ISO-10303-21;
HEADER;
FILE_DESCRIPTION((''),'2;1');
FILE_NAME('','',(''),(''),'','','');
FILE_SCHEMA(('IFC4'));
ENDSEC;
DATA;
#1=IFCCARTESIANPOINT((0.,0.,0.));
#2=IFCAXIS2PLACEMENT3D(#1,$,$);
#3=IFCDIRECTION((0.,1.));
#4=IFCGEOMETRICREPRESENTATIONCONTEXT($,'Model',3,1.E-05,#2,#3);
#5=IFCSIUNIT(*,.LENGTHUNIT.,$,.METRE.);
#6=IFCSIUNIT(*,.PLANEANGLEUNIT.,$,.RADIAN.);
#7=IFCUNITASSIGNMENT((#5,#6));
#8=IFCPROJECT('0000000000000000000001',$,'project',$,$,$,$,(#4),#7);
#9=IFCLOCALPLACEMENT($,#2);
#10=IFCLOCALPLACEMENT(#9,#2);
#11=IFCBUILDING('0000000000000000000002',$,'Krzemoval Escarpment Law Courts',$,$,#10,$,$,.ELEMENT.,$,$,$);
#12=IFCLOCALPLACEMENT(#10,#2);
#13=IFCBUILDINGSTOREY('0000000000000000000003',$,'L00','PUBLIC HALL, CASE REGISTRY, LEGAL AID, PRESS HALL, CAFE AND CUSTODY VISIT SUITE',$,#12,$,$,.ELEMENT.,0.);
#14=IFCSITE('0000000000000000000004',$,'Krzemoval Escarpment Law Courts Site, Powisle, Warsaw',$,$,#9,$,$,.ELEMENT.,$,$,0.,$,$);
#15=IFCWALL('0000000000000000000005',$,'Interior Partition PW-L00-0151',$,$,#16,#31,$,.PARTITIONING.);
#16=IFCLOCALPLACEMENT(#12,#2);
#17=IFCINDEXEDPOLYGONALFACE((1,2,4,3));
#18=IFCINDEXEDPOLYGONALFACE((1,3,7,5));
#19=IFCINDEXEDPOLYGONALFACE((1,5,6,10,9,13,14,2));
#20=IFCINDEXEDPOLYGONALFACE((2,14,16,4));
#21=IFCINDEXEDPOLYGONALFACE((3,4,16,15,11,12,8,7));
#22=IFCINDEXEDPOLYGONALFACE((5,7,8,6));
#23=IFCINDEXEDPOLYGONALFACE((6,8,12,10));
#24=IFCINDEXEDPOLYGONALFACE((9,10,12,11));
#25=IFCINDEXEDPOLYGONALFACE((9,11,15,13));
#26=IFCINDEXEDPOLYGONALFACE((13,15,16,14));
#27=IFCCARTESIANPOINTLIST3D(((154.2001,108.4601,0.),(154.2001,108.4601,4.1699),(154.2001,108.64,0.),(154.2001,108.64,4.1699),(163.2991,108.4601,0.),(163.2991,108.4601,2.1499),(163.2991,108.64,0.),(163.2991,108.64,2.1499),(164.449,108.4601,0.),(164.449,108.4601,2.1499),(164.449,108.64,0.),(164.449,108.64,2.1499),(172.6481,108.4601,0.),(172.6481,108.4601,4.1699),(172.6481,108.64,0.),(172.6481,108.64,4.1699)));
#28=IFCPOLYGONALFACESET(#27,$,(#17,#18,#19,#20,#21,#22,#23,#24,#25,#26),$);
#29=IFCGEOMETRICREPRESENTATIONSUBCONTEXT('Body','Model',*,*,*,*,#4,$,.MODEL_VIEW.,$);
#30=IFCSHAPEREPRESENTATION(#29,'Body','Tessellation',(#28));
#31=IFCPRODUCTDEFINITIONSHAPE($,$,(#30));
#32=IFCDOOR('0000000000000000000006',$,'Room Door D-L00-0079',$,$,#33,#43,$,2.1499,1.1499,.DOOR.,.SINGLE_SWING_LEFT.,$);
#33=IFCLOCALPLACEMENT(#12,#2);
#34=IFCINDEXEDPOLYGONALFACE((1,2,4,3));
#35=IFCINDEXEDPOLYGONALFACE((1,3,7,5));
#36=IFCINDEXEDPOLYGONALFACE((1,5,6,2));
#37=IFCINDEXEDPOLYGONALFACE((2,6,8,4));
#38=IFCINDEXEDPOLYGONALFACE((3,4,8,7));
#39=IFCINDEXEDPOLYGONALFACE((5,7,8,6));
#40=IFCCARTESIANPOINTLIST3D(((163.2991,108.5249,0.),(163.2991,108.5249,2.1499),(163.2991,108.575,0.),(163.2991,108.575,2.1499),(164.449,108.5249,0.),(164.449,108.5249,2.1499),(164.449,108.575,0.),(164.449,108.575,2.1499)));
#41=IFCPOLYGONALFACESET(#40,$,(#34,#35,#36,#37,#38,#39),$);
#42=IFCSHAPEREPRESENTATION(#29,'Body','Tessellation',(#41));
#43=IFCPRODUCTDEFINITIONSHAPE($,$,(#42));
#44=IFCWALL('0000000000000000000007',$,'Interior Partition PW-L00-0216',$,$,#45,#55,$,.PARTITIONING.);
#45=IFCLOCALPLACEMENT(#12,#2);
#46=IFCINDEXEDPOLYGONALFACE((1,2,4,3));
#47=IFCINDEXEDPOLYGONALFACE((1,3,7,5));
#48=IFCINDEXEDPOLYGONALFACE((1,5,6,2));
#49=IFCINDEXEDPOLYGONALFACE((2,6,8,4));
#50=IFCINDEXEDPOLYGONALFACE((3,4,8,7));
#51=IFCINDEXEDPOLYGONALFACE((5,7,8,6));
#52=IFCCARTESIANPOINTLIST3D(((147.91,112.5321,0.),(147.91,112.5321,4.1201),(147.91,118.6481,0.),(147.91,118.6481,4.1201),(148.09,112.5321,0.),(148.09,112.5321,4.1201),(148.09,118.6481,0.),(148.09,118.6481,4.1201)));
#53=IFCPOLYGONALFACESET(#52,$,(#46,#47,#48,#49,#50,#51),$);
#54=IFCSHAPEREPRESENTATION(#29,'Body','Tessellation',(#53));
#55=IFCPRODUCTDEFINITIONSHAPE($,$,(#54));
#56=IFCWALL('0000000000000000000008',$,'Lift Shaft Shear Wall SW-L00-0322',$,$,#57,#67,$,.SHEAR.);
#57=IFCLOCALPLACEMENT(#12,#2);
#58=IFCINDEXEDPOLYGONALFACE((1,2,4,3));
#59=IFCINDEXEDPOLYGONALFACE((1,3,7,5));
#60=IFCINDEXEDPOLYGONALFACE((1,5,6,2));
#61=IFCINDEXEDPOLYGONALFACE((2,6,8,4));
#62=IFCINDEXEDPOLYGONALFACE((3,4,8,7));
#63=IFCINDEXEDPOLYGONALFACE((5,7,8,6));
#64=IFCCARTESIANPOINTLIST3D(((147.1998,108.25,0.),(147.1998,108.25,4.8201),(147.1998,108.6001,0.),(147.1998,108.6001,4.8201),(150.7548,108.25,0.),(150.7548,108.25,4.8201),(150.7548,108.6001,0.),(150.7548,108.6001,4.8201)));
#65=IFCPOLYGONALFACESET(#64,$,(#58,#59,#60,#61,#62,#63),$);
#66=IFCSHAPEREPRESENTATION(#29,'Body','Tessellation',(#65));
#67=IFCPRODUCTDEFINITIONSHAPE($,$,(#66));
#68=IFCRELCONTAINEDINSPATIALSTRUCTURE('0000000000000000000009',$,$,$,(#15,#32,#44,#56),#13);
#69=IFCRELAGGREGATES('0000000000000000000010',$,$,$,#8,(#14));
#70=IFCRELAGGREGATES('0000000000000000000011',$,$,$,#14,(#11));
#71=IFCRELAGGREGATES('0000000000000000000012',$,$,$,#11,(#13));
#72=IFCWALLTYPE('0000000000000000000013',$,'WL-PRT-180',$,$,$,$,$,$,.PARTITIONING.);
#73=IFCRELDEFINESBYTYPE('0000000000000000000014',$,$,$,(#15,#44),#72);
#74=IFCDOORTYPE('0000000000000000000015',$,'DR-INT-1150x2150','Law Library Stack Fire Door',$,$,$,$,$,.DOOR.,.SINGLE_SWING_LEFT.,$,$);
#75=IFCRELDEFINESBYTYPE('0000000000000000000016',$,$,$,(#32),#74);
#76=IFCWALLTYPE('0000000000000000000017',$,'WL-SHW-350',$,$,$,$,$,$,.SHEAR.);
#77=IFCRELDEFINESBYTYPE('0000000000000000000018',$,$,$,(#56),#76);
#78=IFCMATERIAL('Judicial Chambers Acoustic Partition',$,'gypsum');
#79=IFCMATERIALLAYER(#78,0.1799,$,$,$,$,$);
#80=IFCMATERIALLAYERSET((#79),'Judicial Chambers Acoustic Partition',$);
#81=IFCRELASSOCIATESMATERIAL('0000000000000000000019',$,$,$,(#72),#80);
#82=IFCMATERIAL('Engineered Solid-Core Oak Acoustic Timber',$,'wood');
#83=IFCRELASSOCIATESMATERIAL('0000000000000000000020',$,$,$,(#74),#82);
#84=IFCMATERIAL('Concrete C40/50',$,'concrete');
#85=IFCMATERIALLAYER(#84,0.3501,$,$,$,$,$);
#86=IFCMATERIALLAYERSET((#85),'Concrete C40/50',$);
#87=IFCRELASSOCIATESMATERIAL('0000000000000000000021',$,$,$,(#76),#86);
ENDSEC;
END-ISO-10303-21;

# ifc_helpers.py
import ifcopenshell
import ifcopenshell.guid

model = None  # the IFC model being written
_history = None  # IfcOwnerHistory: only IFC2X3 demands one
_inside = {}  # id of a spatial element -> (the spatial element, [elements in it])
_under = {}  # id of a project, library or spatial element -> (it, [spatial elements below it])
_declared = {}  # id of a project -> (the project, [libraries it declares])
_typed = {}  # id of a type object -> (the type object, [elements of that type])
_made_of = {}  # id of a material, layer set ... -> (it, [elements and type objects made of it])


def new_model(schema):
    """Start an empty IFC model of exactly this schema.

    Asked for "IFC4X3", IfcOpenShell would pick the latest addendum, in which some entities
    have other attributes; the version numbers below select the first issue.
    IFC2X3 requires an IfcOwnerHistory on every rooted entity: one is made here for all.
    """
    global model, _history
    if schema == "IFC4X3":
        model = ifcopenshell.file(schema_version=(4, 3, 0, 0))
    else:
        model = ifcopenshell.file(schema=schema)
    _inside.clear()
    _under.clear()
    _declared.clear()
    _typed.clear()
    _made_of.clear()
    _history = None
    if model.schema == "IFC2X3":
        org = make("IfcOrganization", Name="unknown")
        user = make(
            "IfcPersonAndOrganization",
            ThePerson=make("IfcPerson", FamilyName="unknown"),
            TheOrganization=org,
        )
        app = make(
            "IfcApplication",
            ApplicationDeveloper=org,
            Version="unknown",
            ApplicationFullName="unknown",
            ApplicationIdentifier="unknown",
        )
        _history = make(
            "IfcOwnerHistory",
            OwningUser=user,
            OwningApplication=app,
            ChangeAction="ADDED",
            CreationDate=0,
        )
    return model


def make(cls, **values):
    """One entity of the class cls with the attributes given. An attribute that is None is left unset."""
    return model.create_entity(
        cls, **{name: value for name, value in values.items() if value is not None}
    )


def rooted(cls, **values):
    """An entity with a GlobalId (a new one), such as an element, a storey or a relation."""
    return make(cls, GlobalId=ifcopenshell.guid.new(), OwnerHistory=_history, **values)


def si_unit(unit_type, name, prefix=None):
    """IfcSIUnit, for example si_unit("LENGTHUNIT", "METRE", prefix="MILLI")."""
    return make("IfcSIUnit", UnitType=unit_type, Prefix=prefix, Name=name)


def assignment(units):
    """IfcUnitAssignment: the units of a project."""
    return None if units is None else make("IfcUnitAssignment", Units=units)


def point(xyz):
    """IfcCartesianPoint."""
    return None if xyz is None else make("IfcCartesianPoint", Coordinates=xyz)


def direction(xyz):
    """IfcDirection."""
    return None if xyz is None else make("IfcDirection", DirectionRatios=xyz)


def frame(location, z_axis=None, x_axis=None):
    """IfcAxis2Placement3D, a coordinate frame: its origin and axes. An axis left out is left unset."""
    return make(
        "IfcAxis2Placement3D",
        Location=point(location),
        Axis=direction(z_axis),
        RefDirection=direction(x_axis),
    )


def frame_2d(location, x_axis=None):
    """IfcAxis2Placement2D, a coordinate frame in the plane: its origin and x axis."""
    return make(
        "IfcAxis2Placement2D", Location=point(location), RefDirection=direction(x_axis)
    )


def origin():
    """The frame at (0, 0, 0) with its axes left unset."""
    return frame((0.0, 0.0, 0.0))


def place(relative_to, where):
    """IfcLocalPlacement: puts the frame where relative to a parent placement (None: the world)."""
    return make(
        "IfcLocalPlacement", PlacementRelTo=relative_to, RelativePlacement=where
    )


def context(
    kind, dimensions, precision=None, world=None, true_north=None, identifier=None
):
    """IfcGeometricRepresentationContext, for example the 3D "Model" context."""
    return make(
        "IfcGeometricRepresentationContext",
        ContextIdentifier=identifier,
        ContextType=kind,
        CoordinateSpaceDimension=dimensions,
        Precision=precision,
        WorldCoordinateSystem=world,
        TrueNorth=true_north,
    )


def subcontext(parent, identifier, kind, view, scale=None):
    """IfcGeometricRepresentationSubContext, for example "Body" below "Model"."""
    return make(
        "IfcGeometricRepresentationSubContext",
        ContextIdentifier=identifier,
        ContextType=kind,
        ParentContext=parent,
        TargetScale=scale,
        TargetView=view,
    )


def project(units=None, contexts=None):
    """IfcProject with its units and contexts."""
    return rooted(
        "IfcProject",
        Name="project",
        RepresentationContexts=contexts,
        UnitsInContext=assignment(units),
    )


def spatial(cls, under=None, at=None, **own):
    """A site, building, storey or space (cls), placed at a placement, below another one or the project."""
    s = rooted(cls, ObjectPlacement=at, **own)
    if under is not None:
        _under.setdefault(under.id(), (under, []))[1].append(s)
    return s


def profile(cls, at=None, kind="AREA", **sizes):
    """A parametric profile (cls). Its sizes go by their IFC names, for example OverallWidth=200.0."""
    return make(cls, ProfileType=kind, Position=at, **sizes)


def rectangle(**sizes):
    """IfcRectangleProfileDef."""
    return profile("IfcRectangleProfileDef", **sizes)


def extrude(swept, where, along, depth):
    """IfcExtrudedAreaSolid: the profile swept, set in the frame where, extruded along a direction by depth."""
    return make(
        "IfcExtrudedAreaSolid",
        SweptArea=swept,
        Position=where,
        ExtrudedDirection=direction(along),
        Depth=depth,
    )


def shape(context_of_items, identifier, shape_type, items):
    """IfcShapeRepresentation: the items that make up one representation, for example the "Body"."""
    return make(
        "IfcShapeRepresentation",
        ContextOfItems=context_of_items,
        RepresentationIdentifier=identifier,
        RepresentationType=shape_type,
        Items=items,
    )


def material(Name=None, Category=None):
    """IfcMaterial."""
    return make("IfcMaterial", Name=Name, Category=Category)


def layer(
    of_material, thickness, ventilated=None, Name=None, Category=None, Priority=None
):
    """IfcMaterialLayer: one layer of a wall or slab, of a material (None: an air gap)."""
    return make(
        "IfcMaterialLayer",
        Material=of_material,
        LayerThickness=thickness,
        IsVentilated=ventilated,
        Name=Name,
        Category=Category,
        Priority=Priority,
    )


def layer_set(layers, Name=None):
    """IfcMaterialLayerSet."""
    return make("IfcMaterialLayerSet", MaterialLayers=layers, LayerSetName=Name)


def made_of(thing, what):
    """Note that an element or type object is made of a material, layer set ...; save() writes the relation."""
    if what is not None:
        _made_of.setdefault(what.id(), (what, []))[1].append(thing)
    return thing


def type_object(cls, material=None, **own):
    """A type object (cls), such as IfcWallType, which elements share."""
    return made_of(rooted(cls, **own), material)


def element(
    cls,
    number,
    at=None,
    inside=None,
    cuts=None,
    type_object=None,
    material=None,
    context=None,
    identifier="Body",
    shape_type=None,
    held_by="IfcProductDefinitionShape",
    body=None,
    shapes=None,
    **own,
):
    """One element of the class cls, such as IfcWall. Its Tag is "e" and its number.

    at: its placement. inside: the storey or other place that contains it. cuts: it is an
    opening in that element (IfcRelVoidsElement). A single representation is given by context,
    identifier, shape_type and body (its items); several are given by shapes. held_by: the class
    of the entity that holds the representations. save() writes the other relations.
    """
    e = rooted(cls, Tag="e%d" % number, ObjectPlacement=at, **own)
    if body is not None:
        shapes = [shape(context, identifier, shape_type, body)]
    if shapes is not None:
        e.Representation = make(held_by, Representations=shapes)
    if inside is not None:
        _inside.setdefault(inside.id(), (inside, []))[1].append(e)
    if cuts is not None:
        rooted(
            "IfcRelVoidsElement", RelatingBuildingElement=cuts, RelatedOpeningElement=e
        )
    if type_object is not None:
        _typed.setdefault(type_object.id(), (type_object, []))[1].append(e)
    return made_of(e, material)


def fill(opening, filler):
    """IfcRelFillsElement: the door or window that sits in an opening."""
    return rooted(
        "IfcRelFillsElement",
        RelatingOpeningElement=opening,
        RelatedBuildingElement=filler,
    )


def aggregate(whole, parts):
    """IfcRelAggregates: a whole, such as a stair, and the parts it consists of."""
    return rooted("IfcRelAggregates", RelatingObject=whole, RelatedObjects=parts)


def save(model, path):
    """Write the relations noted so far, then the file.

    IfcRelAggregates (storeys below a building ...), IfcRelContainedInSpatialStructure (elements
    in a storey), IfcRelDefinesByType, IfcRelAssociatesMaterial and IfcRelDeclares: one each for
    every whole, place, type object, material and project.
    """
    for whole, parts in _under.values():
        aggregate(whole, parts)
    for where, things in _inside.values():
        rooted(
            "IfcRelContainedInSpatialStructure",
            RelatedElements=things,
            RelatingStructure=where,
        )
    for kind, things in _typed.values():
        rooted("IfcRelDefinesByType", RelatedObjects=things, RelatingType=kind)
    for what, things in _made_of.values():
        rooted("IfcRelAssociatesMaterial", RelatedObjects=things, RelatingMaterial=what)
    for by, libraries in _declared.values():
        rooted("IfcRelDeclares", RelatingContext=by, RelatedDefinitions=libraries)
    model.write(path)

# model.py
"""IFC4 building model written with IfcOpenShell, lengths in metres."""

from ifc_helpers import new_model, si_unit, direction, frame, frame_2d, origin, place, context, subcontext, project, spatial, rectangle, extrude, material, layer, layer_set, type_object, element, fill, save


model = new_model("IFC4")

# Units and contexts
model_context = context("Model", 3, precision=1e-05, world=origin(), true_north=direction((0.0, 1.0)))
body_context = subcontext(model_context, "Body", "Model", "MODEL_VIEW")
ifc_project = project(units=[si_unit("LENGTHUNIT", "METRE"), si_unit("PLANEANGLEUNIT", "RADIAN")], contexts=[model_context])

# Site, building, storey
site_placement = place(None, origin())
site = spatial("IfcSite", under=ifc_project, at=site_placement, Name="Krzemoval Escarpment Law Courts Site, Powisle, Warsaw", CompositionType="ELEMENT", RefElevation=0.0)
building_placement = place(site_placement, origin())
building = spatial("IfcBuilding", under=site, at=building_placement, Name="Krzemoval Escarpment Law Courts", CompositionType="ELEMENT")
storey_placement = place(building_placement, origin())
storey = spatial("IfcBuildingStorey", under=building, at=storey_placement, Name="L00", Description="PUBLIC HALL, CASE REGISTRY, LEGAL AID, PRESS HALL, CAFE AND CUSTODY VISIT SUITE", CompositionType="ELEMENT", Elevation=0.0)

# Wall, opening, door
ifc_material_1 = material(Name="Judicial Chambers Acoustic Partition", Category="gypsum")
ifc_layer_1 = layer(ifc_material_1, 0.1799)
ifc_layer_set_1 = layer_set([ifc_layer_1], Name="Judicial Chambers Acoustic Partition")
wall_type_1 = type_object("IfcWallType", Name="WL-PRT-180", PredefinedType="PARTITIONING", material=ifc_layer_set_1)
wall_1_placement = place(storey_placement, frame((154.2, 108.55, 0.0), z_axis=(0.0, 0.0, 1.0), x_axis=(1.0, 0.0, 0.0)))
wall_1 = element("IfcWall", 1, at=wall_1_placement, inside=storey, type_object=wall_type_1, Name="Interior Partition PW-L00-0151", PredefinedType="PARTITIONING", context=body_context, shape_type="SweptSolid", body=[
    extrude(rectangle(XDim=18.448, YDim=0.1799, at=frame_2d((9.2241, 0.0))), origin(), (0.0, 0.0, 1.0), 4.1699),
])
opening_1_placement = place(wall_1_placement, frame((9.0991, 0.0, 0.0)))
opening_1 = element("IfcOpeningElement", 2, at=opening_1_placement, cuts=wall_1, PredefinedType="OPENING", context=body_context, shape_type="SweptSolid", body=[
    extrude(rectangle(XDim=1.1499, YDim=2.1499, at=frame_2d((0.575, 1.075))), frame((0.0, 0.105, 0.0), z_axis=(0.0, -1.0, 0.0), x_axis=(1.0, 0.0, 0.0)), (0.0, 0.0, 1.0), 0.2099),
])
ifc_material_2 = material(Name="Engineered Solid-Core Oak Acoustic Timber", Category="wood")
door_type_1 = type_object("IfcDoorType", Name="DR-INT-1150x2150", Description="Law Library Stack Fire Door", OperationType="SINGLE_SWING_LEFT", PredefinedType="DOOR", material=ifc_material_2)
door_1_placement = place(opening_1_placement, origin())
door_1 = element("IfcDoor", 3, at=door_1_placement, inside=storey, type_object=door_type_1, Name="Room Door D-L00-0079", OperationType="SINGLE_SWING_LEFT", OverallHeight=2.1499, OverallWidth=1.1499, PredefinedType="DOOR", context=body_context, shape_type="SweptSolid", body=[
    extrude(rectangle(XDim=1.1499, YDim=2.1499, at=frame_2d((0.575, 1.075))), frame((0.0, 0.0249, 0.0), z_axis=(0.0, -1.0, 0.0), x_axis=(1.0, 0.0, 0.0)), (0.0, 0.0, 1.0), 0.05),
])
fill(opening_1, door_1)

# Walls
wall_2_placement = place(storey_placement, frame((148.0, 112.532, 0.0), z_axis=(0.0, 0.0, 1.0), x_axis=(0.0, 1.0, 0.0)))
element("IfcWall", 4, at=wall_2_placement, inside=storey, type_object=wall_type_1, Name="Interior Partition PW-L00-0216", PredefinedType="PARTITIONING", context=body_context, shape_type="SweptSolid", body=[
    extrude(rectangle(XDim=6.116, YDim=0.1799, at=frame_2d((3.0581, 0.0))), origin(), (0.0, 0.0, 1.0), 4.1201),
])
ifc_material_3 = material(Name="Concrete C40/50", Category="concrete")
ifc_layer_2 = layer(ifc_material_3, 0.3501)
ifc_layer_set_2 = layer_set([ifc_layer_2], Name="Concrete C40/50")
wall_type_2 = type_object("IfcWallType", Name="WL-SHW-350", PredefinedType="SHEAR", material=ifc_layer_set_2)
wall_3_placement = place(storey_placement, frame((147.2, 108.425, 0.0), z_axis=(0.0, 0.0, 1.0), x_axis=(1.0, 0.0, 0.0)))
element("IfcWall", 5, at=wall_3_placement, inside=storey, type_object=wall_type_2, Name="Lift Shaft Shear Wall SW-L00-0322", PredefinedType="SHEAR", context=body_context, shape_type="SweptSolid", body=[
    extrude(rectangle(XDim=3.5549, YDim=0.3501, at=frame_2d((1.7773, 0.0))), origin(), (0.0, 0.0, 1.0), 4.8201),
])

save(model, "model.ifc")
